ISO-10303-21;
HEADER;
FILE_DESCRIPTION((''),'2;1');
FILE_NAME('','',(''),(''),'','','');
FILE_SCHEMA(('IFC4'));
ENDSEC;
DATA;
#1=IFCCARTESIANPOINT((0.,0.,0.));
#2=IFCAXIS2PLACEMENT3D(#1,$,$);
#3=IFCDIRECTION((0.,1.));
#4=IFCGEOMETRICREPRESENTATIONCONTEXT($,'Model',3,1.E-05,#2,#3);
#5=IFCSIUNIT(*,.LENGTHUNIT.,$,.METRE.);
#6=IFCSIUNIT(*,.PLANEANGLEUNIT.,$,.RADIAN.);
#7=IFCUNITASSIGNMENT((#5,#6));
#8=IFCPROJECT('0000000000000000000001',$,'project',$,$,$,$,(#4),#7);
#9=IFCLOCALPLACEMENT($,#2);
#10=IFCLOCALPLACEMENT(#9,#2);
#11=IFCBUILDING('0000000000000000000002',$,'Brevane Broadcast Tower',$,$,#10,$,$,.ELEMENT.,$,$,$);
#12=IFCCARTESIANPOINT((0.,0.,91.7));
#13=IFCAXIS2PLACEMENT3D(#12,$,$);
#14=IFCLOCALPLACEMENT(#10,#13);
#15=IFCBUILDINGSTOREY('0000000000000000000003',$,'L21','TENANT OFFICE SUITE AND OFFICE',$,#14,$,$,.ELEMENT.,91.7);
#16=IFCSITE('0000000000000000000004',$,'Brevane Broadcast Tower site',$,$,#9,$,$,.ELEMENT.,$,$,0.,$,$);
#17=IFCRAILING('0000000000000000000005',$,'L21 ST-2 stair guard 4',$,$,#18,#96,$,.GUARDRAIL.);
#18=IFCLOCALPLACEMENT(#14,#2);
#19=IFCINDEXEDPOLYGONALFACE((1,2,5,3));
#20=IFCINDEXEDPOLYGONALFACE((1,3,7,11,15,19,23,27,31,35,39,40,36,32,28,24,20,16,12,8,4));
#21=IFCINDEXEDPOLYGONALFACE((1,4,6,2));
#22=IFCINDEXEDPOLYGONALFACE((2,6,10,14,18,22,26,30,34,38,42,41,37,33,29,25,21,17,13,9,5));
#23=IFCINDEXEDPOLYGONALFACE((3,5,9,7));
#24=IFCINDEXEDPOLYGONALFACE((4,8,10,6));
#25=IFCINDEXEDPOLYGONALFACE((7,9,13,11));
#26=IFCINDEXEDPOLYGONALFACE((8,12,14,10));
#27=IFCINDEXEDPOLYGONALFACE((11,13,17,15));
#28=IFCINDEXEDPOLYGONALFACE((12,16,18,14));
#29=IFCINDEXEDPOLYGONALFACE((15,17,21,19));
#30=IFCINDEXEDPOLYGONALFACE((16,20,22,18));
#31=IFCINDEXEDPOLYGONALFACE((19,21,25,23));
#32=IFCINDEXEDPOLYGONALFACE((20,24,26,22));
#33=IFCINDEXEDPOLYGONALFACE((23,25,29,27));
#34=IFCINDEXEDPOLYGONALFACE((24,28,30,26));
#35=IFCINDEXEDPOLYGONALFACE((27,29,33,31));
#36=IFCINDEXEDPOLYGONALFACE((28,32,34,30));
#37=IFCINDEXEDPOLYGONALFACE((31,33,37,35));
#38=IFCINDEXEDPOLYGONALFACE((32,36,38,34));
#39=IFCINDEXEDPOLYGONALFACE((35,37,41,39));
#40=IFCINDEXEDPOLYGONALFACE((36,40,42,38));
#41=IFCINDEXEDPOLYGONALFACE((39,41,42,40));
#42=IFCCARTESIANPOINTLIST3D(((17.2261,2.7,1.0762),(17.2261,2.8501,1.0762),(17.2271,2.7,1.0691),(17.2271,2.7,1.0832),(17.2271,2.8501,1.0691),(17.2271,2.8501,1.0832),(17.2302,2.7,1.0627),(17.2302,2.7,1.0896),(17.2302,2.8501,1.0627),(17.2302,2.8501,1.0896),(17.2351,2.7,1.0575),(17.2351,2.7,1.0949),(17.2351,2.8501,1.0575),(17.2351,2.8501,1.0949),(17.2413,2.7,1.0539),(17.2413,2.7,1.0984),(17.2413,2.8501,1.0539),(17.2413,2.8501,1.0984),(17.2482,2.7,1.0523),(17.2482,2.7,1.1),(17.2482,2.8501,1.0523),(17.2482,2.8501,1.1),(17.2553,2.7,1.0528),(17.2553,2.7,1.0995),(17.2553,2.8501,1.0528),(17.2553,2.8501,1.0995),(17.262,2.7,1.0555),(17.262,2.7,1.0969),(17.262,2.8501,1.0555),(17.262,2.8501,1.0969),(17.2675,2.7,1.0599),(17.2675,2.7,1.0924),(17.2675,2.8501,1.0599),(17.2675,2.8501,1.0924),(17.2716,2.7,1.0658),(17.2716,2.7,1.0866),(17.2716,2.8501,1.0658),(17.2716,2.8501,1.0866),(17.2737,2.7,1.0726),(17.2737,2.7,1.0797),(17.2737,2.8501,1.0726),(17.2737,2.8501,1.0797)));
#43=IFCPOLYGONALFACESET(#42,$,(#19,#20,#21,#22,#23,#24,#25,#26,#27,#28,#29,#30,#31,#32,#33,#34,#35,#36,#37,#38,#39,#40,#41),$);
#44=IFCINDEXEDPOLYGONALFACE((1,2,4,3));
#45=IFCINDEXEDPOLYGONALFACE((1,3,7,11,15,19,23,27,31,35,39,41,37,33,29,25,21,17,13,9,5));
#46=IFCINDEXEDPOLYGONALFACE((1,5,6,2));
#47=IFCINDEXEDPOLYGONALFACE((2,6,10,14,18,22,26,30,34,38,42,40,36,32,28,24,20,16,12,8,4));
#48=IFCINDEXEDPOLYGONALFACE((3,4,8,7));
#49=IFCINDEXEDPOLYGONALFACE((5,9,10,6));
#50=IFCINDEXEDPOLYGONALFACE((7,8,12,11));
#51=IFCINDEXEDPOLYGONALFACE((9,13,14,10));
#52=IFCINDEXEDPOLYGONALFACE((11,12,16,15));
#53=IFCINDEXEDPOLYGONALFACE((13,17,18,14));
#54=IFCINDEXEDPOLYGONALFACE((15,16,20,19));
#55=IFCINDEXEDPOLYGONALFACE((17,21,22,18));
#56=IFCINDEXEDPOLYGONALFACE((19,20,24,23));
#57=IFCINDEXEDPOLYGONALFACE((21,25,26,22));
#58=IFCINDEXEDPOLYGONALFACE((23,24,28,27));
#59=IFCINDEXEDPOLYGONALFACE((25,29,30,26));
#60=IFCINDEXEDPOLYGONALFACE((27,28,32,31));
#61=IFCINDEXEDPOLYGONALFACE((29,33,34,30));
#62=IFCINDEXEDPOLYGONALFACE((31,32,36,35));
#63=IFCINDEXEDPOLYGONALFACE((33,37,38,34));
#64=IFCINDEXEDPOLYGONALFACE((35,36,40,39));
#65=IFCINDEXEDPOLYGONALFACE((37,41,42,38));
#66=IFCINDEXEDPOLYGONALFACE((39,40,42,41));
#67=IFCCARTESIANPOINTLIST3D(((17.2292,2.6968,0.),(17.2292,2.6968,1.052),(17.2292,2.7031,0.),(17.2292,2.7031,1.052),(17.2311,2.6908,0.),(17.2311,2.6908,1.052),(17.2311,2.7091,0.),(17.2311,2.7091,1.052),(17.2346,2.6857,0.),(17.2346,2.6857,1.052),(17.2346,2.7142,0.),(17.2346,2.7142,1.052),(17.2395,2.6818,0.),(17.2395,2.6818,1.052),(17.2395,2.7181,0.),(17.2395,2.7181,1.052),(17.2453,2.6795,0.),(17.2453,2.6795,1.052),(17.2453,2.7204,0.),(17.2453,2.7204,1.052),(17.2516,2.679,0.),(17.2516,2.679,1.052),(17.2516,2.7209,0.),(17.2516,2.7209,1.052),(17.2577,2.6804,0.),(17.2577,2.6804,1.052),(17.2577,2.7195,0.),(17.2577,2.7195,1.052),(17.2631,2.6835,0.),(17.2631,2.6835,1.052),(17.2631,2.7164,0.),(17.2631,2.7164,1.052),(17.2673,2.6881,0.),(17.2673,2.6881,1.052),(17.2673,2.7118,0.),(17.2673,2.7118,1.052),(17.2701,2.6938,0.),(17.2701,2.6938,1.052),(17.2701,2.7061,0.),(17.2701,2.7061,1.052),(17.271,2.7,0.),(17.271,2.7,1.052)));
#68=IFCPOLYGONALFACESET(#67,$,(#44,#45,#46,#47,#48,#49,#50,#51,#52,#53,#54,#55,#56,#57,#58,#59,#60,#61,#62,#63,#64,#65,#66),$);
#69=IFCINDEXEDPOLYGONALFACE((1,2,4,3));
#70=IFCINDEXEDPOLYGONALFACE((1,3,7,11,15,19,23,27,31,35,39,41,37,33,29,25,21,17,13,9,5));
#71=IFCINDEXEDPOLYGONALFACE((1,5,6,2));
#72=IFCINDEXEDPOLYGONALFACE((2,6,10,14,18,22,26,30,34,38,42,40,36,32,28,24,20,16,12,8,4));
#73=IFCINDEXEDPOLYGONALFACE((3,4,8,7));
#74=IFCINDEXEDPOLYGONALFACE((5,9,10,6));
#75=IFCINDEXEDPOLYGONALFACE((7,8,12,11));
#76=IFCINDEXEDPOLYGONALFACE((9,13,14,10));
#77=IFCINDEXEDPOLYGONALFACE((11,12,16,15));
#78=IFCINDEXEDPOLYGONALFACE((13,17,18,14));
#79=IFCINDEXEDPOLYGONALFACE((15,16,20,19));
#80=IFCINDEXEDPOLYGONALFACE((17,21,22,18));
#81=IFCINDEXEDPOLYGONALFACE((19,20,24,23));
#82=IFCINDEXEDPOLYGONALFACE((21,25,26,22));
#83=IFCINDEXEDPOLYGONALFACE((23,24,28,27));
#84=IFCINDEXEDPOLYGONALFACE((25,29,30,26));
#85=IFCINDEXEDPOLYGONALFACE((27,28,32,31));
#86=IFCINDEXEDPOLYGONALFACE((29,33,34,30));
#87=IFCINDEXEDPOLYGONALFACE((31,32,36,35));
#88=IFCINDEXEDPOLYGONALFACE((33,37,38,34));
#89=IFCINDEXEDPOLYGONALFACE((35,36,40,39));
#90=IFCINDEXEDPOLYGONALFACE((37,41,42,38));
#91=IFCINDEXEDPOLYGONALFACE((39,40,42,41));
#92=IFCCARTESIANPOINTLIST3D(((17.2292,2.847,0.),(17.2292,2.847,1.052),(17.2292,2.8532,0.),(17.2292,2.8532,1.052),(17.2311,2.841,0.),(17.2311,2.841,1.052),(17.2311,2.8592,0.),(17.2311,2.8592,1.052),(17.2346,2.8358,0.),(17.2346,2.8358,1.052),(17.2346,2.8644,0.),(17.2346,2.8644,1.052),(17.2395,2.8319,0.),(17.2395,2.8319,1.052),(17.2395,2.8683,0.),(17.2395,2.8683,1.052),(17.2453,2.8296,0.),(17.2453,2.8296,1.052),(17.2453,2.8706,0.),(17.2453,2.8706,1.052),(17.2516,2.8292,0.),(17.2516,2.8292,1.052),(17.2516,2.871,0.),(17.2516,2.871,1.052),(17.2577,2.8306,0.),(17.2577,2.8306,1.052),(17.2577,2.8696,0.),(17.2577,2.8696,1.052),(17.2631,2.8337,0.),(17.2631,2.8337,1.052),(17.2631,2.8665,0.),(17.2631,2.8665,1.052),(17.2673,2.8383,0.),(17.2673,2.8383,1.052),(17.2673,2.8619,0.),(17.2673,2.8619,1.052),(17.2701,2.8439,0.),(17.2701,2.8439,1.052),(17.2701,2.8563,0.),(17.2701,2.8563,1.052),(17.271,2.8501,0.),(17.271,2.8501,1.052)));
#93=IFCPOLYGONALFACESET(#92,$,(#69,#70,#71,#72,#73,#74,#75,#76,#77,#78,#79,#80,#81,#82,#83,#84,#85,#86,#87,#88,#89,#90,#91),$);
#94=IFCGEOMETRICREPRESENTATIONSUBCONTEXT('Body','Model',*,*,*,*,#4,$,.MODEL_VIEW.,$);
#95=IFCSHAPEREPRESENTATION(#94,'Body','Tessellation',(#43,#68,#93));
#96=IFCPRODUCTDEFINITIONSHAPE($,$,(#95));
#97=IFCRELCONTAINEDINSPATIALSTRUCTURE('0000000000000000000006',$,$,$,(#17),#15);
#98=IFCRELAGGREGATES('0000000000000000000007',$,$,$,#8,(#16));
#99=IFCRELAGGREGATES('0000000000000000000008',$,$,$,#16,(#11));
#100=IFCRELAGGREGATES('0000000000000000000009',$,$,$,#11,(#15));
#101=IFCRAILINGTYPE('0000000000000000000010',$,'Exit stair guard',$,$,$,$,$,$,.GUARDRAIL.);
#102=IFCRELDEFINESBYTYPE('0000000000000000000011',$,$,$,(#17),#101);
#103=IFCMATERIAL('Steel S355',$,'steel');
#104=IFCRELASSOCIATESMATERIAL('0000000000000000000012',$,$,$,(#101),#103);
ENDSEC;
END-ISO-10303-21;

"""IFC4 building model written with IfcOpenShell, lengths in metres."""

from ifc_helpers import new_model, si_unit, direction, frame, origin, origin_2d, place, context, subcontext, project, spatial, circle, extrude, material, type_object, element, save


model = new_model("IFC4")

# Units and contexts
model_context = context("Model", 3, precision=1e-05, world=origin(), true_north=direction((0.0, 1.0)))
body_context = subcontext(model_context, "Body", "Model", "MODEL_VIEW")
ifc_project = project(units=[si_unit("LENGTHUNIT", "METRE"), si_unit("PLANEANGLEUNIT", "RADIAN")], contexts=[model_context])

# Site, building, storey
site_placement = place(None, origin())
site = spatial("IfcSite", under=ifc_project, at=site_placement, Name="Brevane Broadcast Tower site", CompositionType="ELEMENT", RefElevation=0.0)
building_placement = place(site_placement, origin())
building = spatial("IfcBuilding", under=site, at=building_placement, Name="Brevane Broadcast Tower", CompositionType="ELEMENT")
storey_placement = place(building_placement, frame((0.0, 0.0, 91.7)))
storey = spatial("IfcBuildingStorey", under=building, at=storey_placement, Name="L21", Description="TENANT OFFICE SUITE AND OFFICE", CompositionType="ELEMENT", Elevation=91.7)

# Railing
ifc_material_1 = material(Name="Steel S355", Category="steel")
railing_type_1 = type_object("IfcRailingType", Name="Exit stair guard", PredefinedType="GUARDRAIL", material=ifc_material_1)
railing_1_placement = place(storey_placement, frame((17.25, 2.7, 0.0)))
element("IfcRailing", 1, at=railing_1_placement, inside=storey, type_object=railing_type_1, Name="L21 ST-2 stair guard 4", PredefinedType="GUARDRAIL", context=body_context, shape_type="SweptSolid", body=[
    extrude(circle(Radius=0.0239, at=origin_2d()), frame((0.0, 0.0, 1.0762), z_axis=(0.0, 1.0, 0.0), x_axis=(-1.0, 0.0, 0.0)), (0.0, 0.0, 1.0), 0.1501),
    extrude(circle(Radius=0.021, at=origin_2d()), origin(), (0.0, 0.0, 1.0), 1.052),
    extrude(circle(Radius=0.021, at=origin_2d()), frame((0.0, 0.1501, 0.0)), (0.0, 0.0, 1.0), 1.052),
])

save(model, "model.ifc")
